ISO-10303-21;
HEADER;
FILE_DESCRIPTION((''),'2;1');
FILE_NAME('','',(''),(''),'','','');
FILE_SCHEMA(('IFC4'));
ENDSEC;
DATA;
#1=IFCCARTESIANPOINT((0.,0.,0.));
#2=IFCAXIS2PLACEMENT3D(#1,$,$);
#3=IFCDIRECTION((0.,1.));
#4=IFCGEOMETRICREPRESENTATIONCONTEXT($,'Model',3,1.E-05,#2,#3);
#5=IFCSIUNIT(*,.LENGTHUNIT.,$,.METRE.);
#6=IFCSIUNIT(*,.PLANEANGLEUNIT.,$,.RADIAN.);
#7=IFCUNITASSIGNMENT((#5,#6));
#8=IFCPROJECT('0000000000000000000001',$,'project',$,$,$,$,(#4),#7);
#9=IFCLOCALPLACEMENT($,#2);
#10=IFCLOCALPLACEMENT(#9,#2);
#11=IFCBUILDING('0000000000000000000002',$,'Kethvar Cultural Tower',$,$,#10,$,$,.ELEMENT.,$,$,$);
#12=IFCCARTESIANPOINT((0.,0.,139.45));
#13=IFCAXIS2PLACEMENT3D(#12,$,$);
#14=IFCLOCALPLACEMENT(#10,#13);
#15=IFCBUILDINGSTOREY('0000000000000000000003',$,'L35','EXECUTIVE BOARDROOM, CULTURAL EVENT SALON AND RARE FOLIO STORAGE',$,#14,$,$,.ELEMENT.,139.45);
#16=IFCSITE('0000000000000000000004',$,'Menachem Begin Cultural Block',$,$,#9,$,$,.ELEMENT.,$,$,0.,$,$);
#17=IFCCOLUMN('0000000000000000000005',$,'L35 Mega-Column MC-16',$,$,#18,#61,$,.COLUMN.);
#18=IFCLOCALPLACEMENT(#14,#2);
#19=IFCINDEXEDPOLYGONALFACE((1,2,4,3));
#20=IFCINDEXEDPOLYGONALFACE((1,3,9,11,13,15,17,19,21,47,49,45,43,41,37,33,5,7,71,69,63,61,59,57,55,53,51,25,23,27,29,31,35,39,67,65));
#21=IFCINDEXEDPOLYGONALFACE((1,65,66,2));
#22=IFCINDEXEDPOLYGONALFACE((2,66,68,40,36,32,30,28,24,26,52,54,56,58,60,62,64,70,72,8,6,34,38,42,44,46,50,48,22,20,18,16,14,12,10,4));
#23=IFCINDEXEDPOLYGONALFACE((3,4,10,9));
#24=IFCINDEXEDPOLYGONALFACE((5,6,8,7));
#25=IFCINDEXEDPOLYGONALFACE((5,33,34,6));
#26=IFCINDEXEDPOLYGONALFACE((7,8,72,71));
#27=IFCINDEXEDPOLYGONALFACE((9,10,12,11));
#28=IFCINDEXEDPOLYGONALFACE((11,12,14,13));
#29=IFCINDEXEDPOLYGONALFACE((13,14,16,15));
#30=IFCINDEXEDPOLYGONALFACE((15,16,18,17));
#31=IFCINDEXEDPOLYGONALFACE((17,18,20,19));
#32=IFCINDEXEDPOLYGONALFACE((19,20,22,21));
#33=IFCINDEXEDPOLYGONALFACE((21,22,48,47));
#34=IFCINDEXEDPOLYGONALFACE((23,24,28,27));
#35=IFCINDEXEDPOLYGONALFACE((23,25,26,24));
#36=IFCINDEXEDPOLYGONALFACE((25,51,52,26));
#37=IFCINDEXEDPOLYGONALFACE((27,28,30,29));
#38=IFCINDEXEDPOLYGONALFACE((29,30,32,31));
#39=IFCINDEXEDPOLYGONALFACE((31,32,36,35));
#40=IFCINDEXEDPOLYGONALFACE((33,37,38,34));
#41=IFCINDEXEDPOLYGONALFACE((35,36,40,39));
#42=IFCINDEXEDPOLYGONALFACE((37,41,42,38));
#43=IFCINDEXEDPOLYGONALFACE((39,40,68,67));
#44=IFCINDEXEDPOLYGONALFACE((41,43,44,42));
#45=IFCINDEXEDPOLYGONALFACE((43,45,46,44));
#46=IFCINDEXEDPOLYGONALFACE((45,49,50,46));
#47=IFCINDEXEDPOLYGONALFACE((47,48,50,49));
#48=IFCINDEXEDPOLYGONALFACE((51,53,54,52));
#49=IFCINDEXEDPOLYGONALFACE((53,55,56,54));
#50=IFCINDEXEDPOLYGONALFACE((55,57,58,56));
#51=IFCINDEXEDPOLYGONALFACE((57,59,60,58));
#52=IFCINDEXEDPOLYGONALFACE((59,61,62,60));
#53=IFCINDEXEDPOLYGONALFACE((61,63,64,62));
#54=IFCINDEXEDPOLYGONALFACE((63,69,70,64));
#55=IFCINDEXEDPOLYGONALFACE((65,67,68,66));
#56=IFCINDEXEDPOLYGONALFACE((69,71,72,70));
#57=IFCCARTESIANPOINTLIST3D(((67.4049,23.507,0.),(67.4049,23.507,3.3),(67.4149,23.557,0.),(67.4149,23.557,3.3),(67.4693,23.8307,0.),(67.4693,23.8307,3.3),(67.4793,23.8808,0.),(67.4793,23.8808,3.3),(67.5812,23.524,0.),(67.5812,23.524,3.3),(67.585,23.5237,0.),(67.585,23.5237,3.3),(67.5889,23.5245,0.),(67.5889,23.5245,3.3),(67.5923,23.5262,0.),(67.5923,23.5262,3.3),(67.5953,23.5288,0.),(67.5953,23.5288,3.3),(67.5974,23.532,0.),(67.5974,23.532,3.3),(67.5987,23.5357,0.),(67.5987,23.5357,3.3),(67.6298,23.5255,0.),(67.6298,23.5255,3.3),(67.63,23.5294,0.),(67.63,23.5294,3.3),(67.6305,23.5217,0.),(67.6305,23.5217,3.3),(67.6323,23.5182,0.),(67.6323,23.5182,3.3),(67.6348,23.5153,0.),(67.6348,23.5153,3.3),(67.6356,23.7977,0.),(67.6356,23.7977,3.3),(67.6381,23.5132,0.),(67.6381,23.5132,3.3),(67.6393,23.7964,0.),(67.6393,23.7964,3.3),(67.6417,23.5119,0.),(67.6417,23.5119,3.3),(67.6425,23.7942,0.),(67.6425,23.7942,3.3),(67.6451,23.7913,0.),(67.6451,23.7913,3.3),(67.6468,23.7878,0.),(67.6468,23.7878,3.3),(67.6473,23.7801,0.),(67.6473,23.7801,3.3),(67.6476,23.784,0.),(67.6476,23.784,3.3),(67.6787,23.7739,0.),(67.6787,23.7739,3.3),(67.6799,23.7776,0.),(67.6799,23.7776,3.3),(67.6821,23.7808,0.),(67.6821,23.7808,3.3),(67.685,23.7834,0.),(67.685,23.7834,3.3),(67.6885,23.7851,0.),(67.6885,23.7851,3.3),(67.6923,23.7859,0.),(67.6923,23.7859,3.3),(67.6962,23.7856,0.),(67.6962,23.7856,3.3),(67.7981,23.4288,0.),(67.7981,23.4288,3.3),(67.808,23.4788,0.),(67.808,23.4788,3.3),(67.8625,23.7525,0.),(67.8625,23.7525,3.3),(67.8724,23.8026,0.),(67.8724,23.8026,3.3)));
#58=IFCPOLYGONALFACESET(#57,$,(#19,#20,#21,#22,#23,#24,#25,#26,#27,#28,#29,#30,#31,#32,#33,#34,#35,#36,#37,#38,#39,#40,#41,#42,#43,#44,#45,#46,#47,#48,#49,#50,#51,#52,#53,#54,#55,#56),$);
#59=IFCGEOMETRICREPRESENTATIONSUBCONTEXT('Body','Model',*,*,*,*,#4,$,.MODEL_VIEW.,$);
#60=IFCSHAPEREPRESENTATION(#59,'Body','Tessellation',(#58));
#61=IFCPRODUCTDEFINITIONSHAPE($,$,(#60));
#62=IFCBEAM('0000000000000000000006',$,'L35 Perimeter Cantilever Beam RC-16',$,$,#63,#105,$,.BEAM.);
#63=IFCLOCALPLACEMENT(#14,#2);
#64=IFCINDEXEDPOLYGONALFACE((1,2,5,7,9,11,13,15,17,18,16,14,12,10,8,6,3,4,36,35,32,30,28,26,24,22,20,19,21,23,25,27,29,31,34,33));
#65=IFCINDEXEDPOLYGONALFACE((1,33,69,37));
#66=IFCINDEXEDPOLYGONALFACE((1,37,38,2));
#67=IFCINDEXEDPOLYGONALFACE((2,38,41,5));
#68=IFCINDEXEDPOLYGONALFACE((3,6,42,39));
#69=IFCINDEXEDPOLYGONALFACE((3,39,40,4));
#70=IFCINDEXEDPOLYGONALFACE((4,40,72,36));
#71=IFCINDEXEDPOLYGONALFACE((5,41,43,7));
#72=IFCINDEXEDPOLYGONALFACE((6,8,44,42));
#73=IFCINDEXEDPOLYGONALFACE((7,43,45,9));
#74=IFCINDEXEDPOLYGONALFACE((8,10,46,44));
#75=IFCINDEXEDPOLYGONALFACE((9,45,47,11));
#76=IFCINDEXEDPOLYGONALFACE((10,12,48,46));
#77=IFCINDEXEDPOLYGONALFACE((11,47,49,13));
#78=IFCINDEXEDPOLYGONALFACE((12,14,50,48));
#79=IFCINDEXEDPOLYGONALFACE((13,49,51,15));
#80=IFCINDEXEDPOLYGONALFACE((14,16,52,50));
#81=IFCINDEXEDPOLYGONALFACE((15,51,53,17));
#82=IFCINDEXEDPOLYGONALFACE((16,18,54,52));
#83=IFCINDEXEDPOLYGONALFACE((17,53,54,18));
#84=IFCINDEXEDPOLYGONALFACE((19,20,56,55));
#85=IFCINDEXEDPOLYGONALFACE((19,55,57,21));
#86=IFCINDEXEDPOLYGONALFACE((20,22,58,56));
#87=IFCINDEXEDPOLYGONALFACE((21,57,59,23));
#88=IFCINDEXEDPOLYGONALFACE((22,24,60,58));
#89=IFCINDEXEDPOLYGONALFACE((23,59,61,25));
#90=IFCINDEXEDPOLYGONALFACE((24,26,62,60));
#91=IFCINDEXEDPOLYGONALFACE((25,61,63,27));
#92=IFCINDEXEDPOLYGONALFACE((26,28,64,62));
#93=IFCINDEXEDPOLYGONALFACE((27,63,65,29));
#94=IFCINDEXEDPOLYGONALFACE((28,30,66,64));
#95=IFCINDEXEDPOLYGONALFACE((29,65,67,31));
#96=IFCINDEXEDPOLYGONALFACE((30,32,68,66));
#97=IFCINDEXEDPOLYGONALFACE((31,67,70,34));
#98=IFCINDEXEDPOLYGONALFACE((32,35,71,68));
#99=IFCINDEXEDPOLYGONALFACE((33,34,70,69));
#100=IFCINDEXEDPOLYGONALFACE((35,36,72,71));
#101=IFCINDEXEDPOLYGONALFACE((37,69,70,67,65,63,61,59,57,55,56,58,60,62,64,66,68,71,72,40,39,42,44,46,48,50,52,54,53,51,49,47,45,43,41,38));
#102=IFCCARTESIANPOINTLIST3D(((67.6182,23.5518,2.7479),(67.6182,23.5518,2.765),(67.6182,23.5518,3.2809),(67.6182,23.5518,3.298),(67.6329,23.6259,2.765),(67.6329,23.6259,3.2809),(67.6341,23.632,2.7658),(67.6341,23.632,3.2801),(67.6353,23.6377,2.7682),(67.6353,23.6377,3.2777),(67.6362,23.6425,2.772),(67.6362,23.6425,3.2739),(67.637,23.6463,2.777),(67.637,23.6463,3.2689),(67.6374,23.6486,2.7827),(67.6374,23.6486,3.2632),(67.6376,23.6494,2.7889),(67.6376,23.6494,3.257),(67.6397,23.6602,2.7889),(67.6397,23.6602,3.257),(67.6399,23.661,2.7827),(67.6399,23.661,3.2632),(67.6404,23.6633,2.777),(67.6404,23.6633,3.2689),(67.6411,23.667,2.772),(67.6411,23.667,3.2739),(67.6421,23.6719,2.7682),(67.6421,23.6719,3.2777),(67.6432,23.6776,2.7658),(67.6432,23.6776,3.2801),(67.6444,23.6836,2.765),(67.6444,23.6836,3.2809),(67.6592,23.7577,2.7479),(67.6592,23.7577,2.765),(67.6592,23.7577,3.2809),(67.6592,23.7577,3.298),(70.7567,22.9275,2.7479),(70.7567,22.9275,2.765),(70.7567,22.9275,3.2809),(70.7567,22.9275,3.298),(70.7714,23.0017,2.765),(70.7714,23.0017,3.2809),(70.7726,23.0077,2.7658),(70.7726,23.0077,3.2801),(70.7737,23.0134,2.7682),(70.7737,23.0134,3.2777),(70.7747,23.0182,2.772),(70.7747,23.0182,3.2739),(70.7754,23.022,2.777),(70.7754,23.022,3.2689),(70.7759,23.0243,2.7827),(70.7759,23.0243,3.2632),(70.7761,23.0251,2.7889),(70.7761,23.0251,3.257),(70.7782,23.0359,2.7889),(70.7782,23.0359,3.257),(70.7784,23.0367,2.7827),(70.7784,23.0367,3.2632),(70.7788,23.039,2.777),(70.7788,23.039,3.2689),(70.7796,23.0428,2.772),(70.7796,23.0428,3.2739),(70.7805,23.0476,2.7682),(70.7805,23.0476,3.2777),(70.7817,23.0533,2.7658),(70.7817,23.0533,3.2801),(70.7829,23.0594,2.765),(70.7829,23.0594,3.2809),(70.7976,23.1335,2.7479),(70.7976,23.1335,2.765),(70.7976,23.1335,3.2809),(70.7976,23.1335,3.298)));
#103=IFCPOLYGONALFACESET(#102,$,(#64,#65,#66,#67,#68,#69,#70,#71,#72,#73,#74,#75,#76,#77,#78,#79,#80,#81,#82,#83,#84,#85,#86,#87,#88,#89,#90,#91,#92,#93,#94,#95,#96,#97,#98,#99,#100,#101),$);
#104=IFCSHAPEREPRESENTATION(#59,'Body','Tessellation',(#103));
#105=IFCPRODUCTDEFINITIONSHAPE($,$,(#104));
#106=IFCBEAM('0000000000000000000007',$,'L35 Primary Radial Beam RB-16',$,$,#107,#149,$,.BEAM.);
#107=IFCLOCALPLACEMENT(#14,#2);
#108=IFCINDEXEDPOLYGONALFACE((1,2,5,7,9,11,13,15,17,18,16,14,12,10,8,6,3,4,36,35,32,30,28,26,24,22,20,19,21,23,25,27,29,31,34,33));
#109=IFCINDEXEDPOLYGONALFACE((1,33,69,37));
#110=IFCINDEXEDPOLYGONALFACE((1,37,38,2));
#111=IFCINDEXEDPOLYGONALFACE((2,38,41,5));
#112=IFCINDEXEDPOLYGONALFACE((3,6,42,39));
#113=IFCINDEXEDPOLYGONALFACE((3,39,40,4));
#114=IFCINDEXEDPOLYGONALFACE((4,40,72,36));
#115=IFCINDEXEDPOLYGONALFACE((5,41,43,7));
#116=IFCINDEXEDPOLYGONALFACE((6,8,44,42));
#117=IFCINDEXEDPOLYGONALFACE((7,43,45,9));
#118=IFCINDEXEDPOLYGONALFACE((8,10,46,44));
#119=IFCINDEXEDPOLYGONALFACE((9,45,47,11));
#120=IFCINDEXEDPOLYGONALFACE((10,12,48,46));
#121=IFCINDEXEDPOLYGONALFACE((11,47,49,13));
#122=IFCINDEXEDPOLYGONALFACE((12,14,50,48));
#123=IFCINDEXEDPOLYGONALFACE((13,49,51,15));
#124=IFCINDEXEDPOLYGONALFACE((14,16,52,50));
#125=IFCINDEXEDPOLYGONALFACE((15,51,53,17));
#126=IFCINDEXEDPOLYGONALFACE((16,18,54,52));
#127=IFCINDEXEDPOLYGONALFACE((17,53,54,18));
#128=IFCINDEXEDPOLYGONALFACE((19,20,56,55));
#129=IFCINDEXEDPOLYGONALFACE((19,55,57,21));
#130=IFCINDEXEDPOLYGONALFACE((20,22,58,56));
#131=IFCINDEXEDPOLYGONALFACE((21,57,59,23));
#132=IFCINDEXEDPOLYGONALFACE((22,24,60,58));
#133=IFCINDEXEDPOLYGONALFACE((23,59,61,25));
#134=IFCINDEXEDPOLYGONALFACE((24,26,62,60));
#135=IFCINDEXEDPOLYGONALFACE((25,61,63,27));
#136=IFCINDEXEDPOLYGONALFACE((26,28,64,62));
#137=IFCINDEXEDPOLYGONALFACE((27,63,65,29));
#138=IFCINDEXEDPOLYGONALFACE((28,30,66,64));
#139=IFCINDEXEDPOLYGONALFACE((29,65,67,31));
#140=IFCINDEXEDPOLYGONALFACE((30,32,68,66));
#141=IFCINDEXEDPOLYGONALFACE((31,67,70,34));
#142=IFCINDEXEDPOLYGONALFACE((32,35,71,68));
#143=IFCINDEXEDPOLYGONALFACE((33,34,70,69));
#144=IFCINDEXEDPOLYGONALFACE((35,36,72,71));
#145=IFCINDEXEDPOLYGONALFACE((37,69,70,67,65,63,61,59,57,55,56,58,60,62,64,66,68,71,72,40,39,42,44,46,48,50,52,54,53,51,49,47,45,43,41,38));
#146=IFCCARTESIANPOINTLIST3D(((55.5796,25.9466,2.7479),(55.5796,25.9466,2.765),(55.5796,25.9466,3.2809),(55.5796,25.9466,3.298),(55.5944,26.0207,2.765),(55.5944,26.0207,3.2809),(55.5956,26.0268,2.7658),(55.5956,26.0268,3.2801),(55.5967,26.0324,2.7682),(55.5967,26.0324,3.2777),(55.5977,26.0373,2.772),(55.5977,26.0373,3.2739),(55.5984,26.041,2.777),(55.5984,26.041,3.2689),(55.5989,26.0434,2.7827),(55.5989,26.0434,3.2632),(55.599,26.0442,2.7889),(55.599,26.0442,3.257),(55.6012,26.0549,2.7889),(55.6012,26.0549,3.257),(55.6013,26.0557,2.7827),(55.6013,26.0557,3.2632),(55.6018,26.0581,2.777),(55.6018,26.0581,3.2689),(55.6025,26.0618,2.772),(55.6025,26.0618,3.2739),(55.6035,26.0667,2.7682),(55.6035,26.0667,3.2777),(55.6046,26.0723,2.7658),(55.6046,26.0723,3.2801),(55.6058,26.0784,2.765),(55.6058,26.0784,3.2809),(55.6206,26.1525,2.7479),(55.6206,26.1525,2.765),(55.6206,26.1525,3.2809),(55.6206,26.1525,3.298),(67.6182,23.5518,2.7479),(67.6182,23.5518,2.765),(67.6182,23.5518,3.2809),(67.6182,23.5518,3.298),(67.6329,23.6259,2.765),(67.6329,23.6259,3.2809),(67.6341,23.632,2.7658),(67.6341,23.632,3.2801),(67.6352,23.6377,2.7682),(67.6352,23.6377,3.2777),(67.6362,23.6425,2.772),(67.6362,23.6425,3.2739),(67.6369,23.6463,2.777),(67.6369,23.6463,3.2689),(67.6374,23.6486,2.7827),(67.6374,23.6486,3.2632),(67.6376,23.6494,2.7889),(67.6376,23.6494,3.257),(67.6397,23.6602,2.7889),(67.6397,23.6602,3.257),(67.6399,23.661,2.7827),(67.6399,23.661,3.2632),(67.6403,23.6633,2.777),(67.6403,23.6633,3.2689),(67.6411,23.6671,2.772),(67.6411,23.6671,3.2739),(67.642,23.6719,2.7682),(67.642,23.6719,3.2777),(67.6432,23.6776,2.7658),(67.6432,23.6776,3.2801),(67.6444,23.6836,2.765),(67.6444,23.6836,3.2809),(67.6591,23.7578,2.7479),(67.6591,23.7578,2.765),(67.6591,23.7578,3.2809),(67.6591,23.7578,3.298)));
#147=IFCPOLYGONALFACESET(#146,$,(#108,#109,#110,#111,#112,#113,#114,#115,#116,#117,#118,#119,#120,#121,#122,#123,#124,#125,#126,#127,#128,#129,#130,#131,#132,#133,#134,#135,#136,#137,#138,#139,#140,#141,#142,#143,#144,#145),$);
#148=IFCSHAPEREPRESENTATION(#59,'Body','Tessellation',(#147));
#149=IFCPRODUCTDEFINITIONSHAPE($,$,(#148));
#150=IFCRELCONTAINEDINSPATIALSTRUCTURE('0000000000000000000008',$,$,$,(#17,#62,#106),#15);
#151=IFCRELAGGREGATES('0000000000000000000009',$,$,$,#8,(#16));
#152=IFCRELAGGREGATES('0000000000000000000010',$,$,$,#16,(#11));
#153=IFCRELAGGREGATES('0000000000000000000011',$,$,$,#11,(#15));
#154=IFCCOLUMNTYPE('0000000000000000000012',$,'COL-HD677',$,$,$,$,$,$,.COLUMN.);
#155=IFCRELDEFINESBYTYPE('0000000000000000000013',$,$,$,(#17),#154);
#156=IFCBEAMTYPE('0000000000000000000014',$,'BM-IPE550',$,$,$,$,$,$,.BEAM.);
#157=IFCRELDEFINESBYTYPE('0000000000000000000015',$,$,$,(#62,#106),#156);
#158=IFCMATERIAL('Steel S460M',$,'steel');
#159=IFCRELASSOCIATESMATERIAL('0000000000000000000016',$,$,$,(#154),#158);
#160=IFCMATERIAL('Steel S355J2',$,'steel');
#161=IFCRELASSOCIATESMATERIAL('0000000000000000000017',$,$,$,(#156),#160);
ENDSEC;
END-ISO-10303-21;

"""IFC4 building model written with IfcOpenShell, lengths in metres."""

from ifc_helpers import new_model, si_unit, direction, frame, origin, origin_2d, place, context, subcontext, project, spatial, i_section, extrude, source, transform, mapped, material, material_profile, profile_set, type_object, element, save


model = new_model("IFC4")

# Units and contexts
model_context = context("Model", 3, precision=1e-05, world=origin(), true_north=direction((0.0, 1.0)))
body_context = subcontext(model_context, "Body", "Model", "MODEL_VIEW")
ifc_project = project(units=[si_unit("LENGTHUNIT", "METRE"), si_unit("PLANEANGLEUNIT", "RADIAN")], contexts=[model_context])

# Site, building, storey
site_placement = place(None, origin())
site = spatial("IfcSite", under=ifc_project, at=site_placement, Name="Menachem Begin Cultural Block", CompositionType="ELEMENT", RefElevation=0.0)
building_placement = place(site_placement, origin())
building = spatial("IfcBuilding", under=site, at=building_placement, Name="Kethvar Cultural Tower", CompositionType="ELEMENT")
storey_placement = place(building_placement, frame((0.0, 0.0, 139.45)))
storey = spatial("IfcBuildingStorey", under=building, at=storey_placement, Name="L35", Description="EXECUTIVE BOARDROOM, CULTURAL EVENT SALON AND RARE FOLIO STORAGE", CompositionType="ELEMENT", Elevation=139.45)

# Column
ifc_material_1 = material(Name="Steel S460M", Category="steel")
ifc_material_profile_1 = material_profile(ifc_material_1, i_section(OverallWidth=0.4009, OverallDepth=0.3811, WebThickness=0.032, FlangeThickness=0.051, FilletRadius=0.0149, at=origin_2d()), Name="Steel S460M — HD400x677")
ifc_profile_set_1 = profile_set([ifc_material_profile_1], Name="Steel S460M — HD400x677")
column_type = type_object("IfcColumnType", Name="COL-HD677", PredefinedType="COLUMN", material=ifc_profile_set_1)
shared_shape_1 = source(origin(), body_context, "Body", "SweptSolid", [
    extrude(i_section(OverallWidth=0.4009, OverallDepth=0.3811, WebThickness=0.032, FlangeThickness=0.051, FilletRadius=0.0149, at=origin_2d()), origin(), (0.0, 0.0, 1.0), 3.3),
])
column_placement = place(storey_placement, frame((67.6387, 23.6548, 0.0), z_axis=(0.0, 0.0, 1.0), x_axis=(0.980785, -0.19509, 0.0)))
element("IfcColumn", 1, at=column_placement, inside=storey, type_object=column_type, Name="L35 Mega-Column MC-16", PredefinedType="COLUMN", context=body_context, shape_type="MappedRepresentation", body=[
    mapped(shared_shape_1, transform((0.0, 0.0, 0.0), scale=1.0)),
])

# Beams
ifc_material_2 = material(Name="Steel S355J2", Category="steel")
ifc_material_profile_2 = material_profile(ifc_material_2, i_section(OverallWidth=0.21, OverallDepth=0.55, WebThickness=0.011, FlangeThickness=0.0171, FilletRadius=0.0239, at=origin_2d()), Name="Steel S355J2 — IPE550")
ifc_profile_set_2 = profile_set([ifc_material_profile_2], Name="Steel S355J2 — IPE550")
beam_type_1 = type_object("IfcBeamType", Name="BM-IPE550", PredefinedType="BEAM", material=ifc_profile_set_2)
shared_shape_2 = source(origin(), body_context, "Body", "SweptSolid", [
    extrude(i_section(OverallWidth=0.21, OverallDepth=0.55, WebThickness=0.011, FlangeThickness=0.0171, FilletRadius=0.0239, at=origin_2d()), origin(), (0.0, 0.0, 1.0), 3.2),
])
beam_1_placement = place(storey_placement, frame((67.6387, 23.6548, 3.0229), z_axis=(0.980786, -0.195089, 0.0), x_axis=(0.195089, 0.980786, 0.0)))
element("IfcBeam", 2, at=beam_1_placement, inside=storey, type_object=beam_type_1, Name="L35 Perimeter Cantilever Beam RC-16", PredefinedType="BEAM", context=body_context, shape_type="MappedRepresentation", body=[
    mapped(shared_shape_2, transform((0.0, 0.0, 0.0), scale=1.0)),
])
shared_shape_3 = source(origin(), body_context, "Body", "SweptSolid", [
    extrude(i_section(OverallWidth=0.21, OverallDepth=0.55, WebThickness=0.011, FlangeThickness=0.0171, FilletRadius=0.0239, at=origin_2d()), origin(), (0.0, 0.0, 1.0), 12.2744),
])
beam_2_placement = place(storey_placement, frame((55.6001, 26.0496, 3.0229), z_axis=(0.980783, -0.195102, 0.0), x_axis=(0.195102, 0.980783, 0.0)))
element("IfcBeam", 3, at=beam_2_placement, inside=storey, type_object=beam_type_1, Name="L35 Primary Radial Beam RB-16", PredefinedType="BEAM", context=body_context, shape_type="MappedRepresentation", body=[
    mapped(shared_shape_3, transform((0.0, 0.0, 0.0), scale=1.0)),
])

save(model, "model.ifc")
